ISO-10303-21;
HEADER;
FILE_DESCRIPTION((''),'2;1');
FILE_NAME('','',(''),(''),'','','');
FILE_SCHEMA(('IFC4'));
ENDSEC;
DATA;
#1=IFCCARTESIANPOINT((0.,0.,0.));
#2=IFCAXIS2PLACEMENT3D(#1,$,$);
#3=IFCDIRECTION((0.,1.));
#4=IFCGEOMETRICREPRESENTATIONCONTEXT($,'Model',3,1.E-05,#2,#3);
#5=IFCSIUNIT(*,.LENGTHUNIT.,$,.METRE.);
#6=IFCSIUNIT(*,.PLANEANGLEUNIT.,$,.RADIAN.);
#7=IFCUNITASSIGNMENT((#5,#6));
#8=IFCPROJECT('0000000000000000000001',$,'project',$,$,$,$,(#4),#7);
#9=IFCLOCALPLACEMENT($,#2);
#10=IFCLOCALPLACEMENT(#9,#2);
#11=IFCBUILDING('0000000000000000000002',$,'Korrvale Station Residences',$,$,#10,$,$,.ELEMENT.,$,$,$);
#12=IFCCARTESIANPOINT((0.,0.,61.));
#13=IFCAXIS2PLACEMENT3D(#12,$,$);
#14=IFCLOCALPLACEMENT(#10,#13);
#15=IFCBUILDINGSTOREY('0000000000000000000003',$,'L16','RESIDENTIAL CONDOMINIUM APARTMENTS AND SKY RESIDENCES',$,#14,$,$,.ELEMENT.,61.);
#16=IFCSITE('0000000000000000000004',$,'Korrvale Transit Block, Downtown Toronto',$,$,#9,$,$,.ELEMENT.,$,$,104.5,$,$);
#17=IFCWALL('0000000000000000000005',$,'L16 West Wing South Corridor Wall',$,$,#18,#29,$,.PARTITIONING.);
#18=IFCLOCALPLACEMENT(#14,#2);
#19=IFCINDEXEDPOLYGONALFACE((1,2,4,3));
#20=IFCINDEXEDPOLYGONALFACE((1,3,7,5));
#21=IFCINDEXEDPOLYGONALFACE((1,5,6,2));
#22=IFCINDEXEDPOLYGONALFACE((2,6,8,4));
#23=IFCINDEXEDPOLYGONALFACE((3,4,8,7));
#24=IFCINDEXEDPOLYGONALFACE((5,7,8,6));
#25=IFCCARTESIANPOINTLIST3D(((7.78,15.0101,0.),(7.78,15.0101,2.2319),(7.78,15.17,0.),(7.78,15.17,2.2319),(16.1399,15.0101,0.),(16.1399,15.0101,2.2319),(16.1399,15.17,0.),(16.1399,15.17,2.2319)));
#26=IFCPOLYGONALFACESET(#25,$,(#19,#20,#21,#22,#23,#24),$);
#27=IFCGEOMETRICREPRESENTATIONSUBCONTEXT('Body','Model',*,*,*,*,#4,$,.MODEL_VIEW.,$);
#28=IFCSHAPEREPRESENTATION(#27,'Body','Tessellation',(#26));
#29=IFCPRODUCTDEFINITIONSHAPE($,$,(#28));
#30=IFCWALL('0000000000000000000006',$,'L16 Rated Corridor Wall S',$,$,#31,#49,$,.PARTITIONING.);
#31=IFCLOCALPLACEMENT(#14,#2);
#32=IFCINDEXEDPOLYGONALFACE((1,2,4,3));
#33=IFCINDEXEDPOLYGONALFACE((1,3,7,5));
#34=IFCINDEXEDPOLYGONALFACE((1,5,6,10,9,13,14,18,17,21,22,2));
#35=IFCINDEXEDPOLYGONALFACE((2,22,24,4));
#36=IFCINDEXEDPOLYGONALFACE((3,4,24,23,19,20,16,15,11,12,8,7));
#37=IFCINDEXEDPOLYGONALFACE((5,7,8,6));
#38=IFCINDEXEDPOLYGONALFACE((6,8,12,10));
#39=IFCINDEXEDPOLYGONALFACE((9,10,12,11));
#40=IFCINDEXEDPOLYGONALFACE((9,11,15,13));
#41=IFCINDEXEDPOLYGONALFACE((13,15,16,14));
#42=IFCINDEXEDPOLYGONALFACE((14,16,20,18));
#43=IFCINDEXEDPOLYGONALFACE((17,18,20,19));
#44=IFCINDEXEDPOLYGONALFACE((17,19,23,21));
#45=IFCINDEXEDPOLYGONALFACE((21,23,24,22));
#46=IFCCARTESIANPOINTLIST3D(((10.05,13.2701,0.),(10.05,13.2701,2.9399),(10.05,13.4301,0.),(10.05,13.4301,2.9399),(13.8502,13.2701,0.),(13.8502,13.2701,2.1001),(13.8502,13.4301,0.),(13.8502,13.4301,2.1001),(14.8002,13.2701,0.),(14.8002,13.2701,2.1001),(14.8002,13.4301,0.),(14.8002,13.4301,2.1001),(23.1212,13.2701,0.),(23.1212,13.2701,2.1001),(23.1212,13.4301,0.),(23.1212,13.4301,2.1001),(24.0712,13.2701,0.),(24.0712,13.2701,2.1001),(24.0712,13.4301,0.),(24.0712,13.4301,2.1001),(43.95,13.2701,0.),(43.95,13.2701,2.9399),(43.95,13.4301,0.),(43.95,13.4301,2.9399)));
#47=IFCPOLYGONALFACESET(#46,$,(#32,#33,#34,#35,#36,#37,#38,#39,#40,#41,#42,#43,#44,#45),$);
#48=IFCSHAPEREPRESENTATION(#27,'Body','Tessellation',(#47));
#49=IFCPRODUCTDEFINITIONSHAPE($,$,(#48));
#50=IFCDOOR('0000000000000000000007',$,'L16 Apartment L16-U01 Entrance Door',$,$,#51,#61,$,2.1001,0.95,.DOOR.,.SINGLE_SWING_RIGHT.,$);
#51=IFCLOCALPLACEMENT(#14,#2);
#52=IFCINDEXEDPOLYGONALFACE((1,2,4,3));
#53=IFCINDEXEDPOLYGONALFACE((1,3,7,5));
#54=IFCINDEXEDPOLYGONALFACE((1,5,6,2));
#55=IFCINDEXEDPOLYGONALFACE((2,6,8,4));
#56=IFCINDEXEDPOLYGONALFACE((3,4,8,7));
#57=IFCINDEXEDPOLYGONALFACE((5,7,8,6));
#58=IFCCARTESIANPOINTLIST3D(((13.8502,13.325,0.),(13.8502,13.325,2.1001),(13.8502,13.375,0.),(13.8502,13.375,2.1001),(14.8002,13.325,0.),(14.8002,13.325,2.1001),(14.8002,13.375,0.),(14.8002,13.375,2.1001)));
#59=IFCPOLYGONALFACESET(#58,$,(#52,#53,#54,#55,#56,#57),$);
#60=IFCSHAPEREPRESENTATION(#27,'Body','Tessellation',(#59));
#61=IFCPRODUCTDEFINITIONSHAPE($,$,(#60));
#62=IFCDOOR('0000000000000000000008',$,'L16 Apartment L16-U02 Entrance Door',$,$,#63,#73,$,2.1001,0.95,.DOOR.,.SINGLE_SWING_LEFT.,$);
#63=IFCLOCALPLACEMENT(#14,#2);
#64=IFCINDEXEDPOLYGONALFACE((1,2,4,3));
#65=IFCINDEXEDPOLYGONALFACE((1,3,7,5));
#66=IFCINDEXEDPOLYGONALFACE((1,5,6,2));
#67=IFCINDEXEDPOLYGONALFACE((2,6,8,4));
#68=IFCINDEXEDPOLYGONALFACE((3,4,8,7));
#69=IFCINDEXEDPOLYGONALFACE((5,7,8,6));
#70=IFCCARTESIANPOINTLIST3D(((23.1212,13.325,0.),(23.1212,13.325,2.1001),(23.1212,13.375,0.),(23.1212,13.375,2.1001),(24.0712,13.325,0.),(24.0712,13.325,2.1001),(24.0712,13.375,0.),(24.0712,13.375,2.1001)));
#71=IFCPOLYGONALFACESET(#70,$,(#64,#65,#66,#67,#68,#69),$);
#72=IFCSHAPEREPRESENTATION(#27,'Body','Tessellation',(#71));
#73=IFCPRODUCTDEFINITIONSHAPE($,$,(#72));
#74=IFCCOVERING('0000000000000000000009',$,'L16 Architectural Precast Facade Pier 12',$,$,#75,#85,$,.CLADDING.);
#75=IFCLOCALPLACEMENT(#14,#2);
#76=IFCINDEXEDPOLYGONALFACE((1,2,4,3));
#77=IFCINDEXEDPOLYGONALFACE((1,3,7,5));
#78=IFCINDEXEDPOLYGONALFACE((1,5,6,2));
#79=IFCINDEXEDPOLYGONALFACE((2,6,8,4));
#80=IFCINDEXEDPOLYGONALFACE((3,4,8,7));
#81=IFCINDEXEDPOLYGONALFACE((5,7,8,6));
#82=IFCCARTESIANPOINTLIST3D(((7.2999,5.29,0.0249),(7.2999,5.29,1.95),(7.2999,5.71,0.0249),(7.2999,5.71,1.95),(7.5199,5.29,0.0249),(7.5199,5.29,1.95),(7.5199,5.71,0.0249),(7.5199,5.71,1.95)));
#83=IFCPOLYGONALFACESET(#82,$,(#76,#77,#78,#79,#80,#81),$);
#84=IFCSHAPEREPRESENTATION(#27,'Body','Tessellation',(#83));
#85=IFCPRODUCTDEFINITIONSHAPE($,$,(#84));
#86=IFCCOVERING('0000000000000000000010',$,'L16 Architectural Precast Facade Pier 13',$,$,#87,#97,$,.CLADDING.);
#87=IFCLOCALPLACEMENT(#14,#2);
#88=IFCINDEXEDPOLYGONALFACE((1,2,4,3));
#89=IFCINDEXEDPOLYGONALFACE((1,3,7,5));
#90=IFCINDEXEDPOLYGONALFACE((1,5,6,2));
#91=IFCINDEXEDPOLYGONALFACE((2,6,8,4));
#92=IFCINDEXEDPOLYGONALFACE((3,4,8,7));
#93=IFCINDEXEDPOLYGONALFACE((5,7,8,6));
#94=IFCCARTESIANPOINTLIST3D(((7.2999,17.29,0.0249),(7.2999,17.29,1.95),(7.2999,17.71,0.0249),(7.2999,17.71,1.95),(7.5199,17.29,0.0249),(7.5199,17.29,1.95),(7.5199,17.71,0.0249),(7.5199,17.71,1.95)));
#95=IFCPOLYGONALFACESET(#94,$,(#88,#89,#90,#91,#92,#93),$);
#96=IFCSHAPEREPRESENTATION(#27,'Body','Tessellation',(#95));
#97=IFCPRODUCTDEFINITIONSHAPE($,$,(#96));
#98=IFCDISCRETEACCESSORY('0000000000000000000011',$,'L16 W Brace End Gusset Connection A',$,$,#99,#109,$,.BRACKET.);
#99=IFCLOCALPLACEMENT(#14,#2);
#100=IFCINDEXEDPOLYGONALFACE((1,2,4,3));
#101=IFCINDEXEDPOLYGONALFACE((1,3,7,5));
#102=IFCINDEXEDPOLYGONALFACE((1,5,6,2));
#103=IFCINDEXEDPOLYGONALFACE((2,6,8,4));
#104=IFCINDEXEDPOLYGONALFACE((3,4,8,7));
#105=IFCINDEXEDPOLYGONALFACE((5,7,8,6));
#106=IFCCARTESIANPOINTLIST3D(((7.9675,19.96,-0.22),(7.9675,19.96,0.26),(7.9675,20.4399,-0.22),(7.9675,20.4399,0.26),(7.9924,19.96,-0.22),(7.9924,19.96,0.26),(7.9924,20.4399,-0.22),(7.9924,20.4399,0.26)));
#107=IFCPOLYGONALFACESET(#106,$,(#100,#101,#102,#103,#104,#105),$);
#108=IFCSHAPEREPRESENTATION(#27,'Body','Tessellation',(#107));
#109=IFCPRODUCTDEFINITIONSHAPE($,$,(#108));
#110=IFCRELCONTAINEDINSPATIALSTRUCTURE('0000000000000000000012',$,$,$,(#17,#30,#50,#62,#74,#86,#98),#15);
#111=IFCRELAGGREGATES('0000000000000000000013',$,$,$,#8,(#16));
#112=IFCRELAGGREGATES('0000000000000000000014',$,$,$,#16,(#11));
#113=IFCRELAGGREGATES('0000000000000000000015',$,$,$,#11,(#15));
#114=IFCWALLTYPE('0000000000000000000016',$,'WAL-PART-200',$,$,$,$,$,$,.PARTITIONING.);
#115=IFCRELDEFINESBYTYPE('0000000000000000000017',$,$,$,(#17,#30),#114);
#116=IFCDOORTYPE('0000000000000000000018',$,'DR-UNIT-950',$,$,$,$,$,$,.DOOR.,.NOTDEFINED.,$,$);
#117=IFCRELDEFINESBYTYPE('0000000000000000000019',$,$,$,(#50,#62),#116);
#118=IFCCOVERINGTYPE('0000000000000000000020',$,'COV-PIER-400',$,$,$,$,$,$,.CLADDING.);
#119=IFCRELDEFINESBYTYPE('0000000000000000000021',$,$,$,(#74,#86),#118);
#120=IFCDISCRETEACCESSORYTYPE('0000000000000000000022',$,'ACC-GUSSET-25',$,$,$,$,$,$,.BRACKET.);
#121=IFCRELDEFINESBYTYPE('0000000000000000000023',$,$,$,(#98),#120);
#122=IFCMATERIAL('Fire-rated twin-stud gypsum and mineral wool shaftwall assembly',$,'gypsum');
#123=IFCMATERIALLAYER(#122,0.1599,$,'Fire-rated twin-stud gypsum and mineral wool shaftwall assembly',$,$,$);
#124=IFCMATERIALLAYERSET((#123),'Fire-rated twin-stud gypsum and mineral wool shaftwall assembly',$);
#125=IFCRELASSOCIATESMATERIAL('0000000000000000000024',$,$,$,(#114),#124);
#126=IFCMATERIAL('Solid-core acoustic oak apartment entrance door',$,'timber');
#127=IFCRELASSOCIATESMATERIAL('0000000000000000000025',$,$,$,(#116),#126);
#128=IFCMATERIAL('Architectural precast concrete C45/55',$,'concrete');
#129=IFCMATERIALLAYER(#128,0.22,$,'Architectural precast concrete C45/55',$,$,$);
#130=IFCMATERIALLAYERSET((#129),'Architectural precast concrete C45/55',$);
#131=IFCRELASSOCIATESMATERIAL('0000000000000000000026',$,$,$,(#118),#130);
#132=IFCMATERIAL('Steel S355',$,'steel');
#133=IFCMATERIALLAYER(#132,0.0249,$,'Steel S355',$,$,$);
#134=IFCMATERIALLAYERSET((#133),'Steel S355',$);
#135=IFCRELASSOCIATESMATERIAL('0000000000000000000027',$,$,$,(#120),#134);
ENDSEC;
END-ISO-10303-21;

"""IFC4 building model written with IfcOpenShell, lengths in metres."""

from ifc_helpers import new_model, si_unit, direction, frame, frame_2d, origin, origin_2d, place, context, subcontext, project, spatial, rectangle, extrude, material, layer, layer_set, type_object, element, fill, save


model = new_model("IFC4")

# Units and contexts
model_context = context("Model", 3, precision=1e-05, world=origin(), true_north=direction((0.0, 1.0)))
body_context = subcontext(model_context, "Body", "Model", "MODEL_VIEW")
ifc_project = project(units=[si_unit("LENGTHUNIT", "METRE"), si_unit("PLANEANGLEUNIT", "RADIAN")], contexts=[model_context])

# Site, building, storey
site_placement = place(None, origin())
site = spatial("IfcSite", under=ifc_project, at=site_placement, Name="Korrvale Transit Block, Downtown Toronto", CompositionType="ELEMENT", RefElevation=104.5)
building_placement = place(site_placement, origin())
building = spatial("IfcBuilding", under=site, at=building_placement, Name="Korrvale Station Residences", CompositionType="ELEMENT")
storey_placement = place(building_placement, frame((0.0, 0.0, 61.0)))
storey = spatial("IfcBuildingStorey", under=building, at=storey_placement, Name="L16", Description="RESIDENTIAL CONDOMINIUM APARTMENTS AND SKY RESIDENCES", CompositionType="ELEMENT", Elevation=61.0)

# Shared definitions
ifc_material_1 = material(Name="Steel S355", Category="steel")

# Wall
ifc_material_2 = material(Name="Fire-rated twin-stud gypsum and mineral wool shaftwall assembly", Category="gypsum")
ifc_layer_1 = layer(ifc_material_2, 0.1599, Name="Fire-rated twin-stud gypsum and mineral wool shaftwall assembly")
ifc_layer_set_1 = layer_set([ifc_layer_1], Name="Fire-rated twin-stud gypsum and mineral wool shaftwall assembly")
wall_type_1 = type_object("IfcWallType", Name="WAL-PART-200", PredefinedType="PARTITIONING", material=ifc_layer_set_1)
wall_1_placement = place(storey_placement, frame((7.78, 15.0901, 0.0), z_axis=(0.0, 0.0, 1.0), x_axis=(1.0, 0.0, 0.0)))
element("IfcWall", 1, at=wall_1_placement, inside=storey, type_object=wall_type_1, Name="L16 West Wing South Corridor Wall", PredefinedType="PARTITIONING", context=body_context, shape_type="SweptSolid", body=[
    extrude(rectangle(XDim=8.3599, YDim=0.1599, at=frame_2d((4.1799, 0.0))), origin(), (0.0, 0.0, 1.0), 2.2319),
])

# Wall, openings, doors
wall_2_placement = place(storey_placement, frame((10.05, 13.3501, 0.0), z_axis=(0.0, 0.0, 1.0), x_axis=(1.0, 0.0, 0.0)))
wall_2 = element("IfcWall", 2, at=wall_2_placement, inside=storey, type_object=wall_type_1, Name="L16 Rated Corridor Wall S", PredefinedType="PARTITIONING", context=body_context, shape_type="SweptSolid", body=[
    extrude(rectangle(XDim=33.8999, YDim=0.1599, at=frame_2d((16.95, 0.0))), origin(), (0.0, 0.0, 1.0), 2.9399),
])
opening_1_placement = place(wall_2_placement, frame((3.8, 0.0, 0.0)))
opening_1 = element("IfcOpeningElement", 3, at=opening_1_placement, cuts=wall_2, PredefinedType="OPENING", context=body_context, shape_type="SweptSolid", body=[
    extrude(rectangle(XDim=0.95, YDim=2.1001, at=frame_2d((0.4751, 1.05))), frame((0.0, 0.0898, 0.0), z_axis=(0.0, -1.0, 0.0), x_axis=(1.0, 0.0, 0.0)), (0.0, 0.0, 1.0), 0.1799),
])
opening_2_placement = place(wall_2_placement, frame((13.071, 0.0, 0.0)))
opening_2 = element("IfcOpeningElement", 4, at=opening_2_placement, cuts=wall_2, PredefinedType="OPENING", context=body_context, shape_type="SweptSolid", body=[
    extrude(rectangle(XDim=0.95, YDim=2.1001, at=frame_2d((0.4751, 1.05))), frame((0.0, 0.0898, 0.0), z_axis=(0.0, -1.0, 0.0), x_axis=(1.0, 0.0, 0.0)), (0.0, 0.0, 1.0), 0.1799),
])
ifc_material_3 = material(Name="Solid-core acoustic oak apartment entrance door", Category="timber")
door_type_1 = type_object("IfcDoorType", Name="DR-UNIT-950", OperationType="NOTDEFINED", PredefinedType="DOOR", material=ifc_material_3)
door_1_placement = place(opening_1_placement, origin())
door_1 = element("IfcDoor", 5, at=door_1_placement, inside=storey, type_object=door_type_1, Name="L16 Apartment L16-U01 Entrance Door", OperationType="SINGLE_SWING_RIGHT", OverallHeight=2.1001, OverallWidth=0.95, PredefinedType="DOOR", context=body_context, shape_type="SweptSolid", body=[
    extrude(rectangle(XDim=0.95, YDim=2.1001, at=frame_2d((0.4751, 1.05))), frame((0.0, 0.0249, 0.0), z_axis=(0.0, -1.0, 0.0), x_axis=(1.0, 0.0, 0.0)), (0.0, 0.0, 1.0), 0.05),
])
fill(opening_1, door_1)
door_2_placement = place(opening_2_placement, origin())
door_2 = element("IfcDoor", 6, at=door_2_placement, inside=storey, type_object=door_type_1, Name="L16 Apartment L16-U02 Entrance Door", OperationType="SINGLE_SWING_LEFT", OverallHeight=2.1001, OverallWidth=0.95, PredefinedType="DOOR", context=body_context, shape_type="SweptSolid", body=[
    extrude(rectangle(XDim=0.95, YDim=2.1001, at=frame_2d((0.4751, 1.05))), frame((0.0, 0.0249, 0.0), z_axis=(0.0, -1.0, 0.0), x_axis=(1.0, 0.0, 0.0)), (0.0, 0.0, 1.0), 0.05),
])
fill(opening_2, door_2)

# Coverings
ifc_material_4 = material(Name="Architectural precast concrete C45/55", Category="concrete")
ifc_layer_2 = layer(ifc_material_4, 0.22, Name="Architectural precast concrete C45/55")
ifc_layer_set_2 = layer_set([ifc_layer_2], Name="Architectural precast concrete C45/55")
covering_type = type_object("IfcCoveringType", Name="COV-PIER-400", PredefinedType="CLADDING", material=ifc_layer_set_2)
for number, where, z_axis, x_axis, name in (
    (7, (7.4099, 5.5, 0.0249), (0.0, 0.0, 1.0), (0.0, 1.0, 0.0), "L16 Architectural Precast Facade Pier 12"),
    (8, (7.4099, 17.5, 0.0249), (0.0, 0.0, 1.0), (0.0, 1.0, 0.0), "L16 Architectural Precast Facade Pier 13"),
):
    element("IfcCovering", number, at=place(storey_placement, frame(where, z_axis=z_axis, x_axis=x_axis)), inside=storey, type_object=covering_type, Name=name, PredefinedType="CLADDING", context=body_context, shape_type="SweptSolid", body=[
        extrude(rectangle(XDim=0.4199, YDim=0.22, at=origin_2d()), origin(), (0.0, 0.0, 1.0), 1.925),
    ])

# Discrete accessory
ifc_layer_3 = layer(ifc_material_1, 0.0249, Name="Steel S355")
ifc_layer_set_3 = layer_set([ifc_layer_3], Name="Steel S355")
discrete_accessory_type = type_object("IfcDiscreteAccessoryType", Name="ACC-GUSSET-25", PredefinedType="BRACKET", material=ifc_layer_set_3)
discrete_accessory_placement = place(storey_placement, frame((7.98, 20.2, -0.22), z_axis=(0.0, 0.0, 1.0), x_axis=(0.0, 1.0, 0.0)))
element("IfcDiscreteAccessory", 9, at=discrete_accessory_placement, inside=storey, type_object=discrete_accessory_type, Name="L16 W Brace End Gusset Connection A", PredefinedType="BRACKET", context=body_context, shape_type="SweptSolid", body=[
    extrude(rectangle(XDim=0.48, YDim=0.0249, at=origin_2d()), origin(), (0.0, 0.0, 1.0), 0.48),
])

save(model, "model.ifc")
